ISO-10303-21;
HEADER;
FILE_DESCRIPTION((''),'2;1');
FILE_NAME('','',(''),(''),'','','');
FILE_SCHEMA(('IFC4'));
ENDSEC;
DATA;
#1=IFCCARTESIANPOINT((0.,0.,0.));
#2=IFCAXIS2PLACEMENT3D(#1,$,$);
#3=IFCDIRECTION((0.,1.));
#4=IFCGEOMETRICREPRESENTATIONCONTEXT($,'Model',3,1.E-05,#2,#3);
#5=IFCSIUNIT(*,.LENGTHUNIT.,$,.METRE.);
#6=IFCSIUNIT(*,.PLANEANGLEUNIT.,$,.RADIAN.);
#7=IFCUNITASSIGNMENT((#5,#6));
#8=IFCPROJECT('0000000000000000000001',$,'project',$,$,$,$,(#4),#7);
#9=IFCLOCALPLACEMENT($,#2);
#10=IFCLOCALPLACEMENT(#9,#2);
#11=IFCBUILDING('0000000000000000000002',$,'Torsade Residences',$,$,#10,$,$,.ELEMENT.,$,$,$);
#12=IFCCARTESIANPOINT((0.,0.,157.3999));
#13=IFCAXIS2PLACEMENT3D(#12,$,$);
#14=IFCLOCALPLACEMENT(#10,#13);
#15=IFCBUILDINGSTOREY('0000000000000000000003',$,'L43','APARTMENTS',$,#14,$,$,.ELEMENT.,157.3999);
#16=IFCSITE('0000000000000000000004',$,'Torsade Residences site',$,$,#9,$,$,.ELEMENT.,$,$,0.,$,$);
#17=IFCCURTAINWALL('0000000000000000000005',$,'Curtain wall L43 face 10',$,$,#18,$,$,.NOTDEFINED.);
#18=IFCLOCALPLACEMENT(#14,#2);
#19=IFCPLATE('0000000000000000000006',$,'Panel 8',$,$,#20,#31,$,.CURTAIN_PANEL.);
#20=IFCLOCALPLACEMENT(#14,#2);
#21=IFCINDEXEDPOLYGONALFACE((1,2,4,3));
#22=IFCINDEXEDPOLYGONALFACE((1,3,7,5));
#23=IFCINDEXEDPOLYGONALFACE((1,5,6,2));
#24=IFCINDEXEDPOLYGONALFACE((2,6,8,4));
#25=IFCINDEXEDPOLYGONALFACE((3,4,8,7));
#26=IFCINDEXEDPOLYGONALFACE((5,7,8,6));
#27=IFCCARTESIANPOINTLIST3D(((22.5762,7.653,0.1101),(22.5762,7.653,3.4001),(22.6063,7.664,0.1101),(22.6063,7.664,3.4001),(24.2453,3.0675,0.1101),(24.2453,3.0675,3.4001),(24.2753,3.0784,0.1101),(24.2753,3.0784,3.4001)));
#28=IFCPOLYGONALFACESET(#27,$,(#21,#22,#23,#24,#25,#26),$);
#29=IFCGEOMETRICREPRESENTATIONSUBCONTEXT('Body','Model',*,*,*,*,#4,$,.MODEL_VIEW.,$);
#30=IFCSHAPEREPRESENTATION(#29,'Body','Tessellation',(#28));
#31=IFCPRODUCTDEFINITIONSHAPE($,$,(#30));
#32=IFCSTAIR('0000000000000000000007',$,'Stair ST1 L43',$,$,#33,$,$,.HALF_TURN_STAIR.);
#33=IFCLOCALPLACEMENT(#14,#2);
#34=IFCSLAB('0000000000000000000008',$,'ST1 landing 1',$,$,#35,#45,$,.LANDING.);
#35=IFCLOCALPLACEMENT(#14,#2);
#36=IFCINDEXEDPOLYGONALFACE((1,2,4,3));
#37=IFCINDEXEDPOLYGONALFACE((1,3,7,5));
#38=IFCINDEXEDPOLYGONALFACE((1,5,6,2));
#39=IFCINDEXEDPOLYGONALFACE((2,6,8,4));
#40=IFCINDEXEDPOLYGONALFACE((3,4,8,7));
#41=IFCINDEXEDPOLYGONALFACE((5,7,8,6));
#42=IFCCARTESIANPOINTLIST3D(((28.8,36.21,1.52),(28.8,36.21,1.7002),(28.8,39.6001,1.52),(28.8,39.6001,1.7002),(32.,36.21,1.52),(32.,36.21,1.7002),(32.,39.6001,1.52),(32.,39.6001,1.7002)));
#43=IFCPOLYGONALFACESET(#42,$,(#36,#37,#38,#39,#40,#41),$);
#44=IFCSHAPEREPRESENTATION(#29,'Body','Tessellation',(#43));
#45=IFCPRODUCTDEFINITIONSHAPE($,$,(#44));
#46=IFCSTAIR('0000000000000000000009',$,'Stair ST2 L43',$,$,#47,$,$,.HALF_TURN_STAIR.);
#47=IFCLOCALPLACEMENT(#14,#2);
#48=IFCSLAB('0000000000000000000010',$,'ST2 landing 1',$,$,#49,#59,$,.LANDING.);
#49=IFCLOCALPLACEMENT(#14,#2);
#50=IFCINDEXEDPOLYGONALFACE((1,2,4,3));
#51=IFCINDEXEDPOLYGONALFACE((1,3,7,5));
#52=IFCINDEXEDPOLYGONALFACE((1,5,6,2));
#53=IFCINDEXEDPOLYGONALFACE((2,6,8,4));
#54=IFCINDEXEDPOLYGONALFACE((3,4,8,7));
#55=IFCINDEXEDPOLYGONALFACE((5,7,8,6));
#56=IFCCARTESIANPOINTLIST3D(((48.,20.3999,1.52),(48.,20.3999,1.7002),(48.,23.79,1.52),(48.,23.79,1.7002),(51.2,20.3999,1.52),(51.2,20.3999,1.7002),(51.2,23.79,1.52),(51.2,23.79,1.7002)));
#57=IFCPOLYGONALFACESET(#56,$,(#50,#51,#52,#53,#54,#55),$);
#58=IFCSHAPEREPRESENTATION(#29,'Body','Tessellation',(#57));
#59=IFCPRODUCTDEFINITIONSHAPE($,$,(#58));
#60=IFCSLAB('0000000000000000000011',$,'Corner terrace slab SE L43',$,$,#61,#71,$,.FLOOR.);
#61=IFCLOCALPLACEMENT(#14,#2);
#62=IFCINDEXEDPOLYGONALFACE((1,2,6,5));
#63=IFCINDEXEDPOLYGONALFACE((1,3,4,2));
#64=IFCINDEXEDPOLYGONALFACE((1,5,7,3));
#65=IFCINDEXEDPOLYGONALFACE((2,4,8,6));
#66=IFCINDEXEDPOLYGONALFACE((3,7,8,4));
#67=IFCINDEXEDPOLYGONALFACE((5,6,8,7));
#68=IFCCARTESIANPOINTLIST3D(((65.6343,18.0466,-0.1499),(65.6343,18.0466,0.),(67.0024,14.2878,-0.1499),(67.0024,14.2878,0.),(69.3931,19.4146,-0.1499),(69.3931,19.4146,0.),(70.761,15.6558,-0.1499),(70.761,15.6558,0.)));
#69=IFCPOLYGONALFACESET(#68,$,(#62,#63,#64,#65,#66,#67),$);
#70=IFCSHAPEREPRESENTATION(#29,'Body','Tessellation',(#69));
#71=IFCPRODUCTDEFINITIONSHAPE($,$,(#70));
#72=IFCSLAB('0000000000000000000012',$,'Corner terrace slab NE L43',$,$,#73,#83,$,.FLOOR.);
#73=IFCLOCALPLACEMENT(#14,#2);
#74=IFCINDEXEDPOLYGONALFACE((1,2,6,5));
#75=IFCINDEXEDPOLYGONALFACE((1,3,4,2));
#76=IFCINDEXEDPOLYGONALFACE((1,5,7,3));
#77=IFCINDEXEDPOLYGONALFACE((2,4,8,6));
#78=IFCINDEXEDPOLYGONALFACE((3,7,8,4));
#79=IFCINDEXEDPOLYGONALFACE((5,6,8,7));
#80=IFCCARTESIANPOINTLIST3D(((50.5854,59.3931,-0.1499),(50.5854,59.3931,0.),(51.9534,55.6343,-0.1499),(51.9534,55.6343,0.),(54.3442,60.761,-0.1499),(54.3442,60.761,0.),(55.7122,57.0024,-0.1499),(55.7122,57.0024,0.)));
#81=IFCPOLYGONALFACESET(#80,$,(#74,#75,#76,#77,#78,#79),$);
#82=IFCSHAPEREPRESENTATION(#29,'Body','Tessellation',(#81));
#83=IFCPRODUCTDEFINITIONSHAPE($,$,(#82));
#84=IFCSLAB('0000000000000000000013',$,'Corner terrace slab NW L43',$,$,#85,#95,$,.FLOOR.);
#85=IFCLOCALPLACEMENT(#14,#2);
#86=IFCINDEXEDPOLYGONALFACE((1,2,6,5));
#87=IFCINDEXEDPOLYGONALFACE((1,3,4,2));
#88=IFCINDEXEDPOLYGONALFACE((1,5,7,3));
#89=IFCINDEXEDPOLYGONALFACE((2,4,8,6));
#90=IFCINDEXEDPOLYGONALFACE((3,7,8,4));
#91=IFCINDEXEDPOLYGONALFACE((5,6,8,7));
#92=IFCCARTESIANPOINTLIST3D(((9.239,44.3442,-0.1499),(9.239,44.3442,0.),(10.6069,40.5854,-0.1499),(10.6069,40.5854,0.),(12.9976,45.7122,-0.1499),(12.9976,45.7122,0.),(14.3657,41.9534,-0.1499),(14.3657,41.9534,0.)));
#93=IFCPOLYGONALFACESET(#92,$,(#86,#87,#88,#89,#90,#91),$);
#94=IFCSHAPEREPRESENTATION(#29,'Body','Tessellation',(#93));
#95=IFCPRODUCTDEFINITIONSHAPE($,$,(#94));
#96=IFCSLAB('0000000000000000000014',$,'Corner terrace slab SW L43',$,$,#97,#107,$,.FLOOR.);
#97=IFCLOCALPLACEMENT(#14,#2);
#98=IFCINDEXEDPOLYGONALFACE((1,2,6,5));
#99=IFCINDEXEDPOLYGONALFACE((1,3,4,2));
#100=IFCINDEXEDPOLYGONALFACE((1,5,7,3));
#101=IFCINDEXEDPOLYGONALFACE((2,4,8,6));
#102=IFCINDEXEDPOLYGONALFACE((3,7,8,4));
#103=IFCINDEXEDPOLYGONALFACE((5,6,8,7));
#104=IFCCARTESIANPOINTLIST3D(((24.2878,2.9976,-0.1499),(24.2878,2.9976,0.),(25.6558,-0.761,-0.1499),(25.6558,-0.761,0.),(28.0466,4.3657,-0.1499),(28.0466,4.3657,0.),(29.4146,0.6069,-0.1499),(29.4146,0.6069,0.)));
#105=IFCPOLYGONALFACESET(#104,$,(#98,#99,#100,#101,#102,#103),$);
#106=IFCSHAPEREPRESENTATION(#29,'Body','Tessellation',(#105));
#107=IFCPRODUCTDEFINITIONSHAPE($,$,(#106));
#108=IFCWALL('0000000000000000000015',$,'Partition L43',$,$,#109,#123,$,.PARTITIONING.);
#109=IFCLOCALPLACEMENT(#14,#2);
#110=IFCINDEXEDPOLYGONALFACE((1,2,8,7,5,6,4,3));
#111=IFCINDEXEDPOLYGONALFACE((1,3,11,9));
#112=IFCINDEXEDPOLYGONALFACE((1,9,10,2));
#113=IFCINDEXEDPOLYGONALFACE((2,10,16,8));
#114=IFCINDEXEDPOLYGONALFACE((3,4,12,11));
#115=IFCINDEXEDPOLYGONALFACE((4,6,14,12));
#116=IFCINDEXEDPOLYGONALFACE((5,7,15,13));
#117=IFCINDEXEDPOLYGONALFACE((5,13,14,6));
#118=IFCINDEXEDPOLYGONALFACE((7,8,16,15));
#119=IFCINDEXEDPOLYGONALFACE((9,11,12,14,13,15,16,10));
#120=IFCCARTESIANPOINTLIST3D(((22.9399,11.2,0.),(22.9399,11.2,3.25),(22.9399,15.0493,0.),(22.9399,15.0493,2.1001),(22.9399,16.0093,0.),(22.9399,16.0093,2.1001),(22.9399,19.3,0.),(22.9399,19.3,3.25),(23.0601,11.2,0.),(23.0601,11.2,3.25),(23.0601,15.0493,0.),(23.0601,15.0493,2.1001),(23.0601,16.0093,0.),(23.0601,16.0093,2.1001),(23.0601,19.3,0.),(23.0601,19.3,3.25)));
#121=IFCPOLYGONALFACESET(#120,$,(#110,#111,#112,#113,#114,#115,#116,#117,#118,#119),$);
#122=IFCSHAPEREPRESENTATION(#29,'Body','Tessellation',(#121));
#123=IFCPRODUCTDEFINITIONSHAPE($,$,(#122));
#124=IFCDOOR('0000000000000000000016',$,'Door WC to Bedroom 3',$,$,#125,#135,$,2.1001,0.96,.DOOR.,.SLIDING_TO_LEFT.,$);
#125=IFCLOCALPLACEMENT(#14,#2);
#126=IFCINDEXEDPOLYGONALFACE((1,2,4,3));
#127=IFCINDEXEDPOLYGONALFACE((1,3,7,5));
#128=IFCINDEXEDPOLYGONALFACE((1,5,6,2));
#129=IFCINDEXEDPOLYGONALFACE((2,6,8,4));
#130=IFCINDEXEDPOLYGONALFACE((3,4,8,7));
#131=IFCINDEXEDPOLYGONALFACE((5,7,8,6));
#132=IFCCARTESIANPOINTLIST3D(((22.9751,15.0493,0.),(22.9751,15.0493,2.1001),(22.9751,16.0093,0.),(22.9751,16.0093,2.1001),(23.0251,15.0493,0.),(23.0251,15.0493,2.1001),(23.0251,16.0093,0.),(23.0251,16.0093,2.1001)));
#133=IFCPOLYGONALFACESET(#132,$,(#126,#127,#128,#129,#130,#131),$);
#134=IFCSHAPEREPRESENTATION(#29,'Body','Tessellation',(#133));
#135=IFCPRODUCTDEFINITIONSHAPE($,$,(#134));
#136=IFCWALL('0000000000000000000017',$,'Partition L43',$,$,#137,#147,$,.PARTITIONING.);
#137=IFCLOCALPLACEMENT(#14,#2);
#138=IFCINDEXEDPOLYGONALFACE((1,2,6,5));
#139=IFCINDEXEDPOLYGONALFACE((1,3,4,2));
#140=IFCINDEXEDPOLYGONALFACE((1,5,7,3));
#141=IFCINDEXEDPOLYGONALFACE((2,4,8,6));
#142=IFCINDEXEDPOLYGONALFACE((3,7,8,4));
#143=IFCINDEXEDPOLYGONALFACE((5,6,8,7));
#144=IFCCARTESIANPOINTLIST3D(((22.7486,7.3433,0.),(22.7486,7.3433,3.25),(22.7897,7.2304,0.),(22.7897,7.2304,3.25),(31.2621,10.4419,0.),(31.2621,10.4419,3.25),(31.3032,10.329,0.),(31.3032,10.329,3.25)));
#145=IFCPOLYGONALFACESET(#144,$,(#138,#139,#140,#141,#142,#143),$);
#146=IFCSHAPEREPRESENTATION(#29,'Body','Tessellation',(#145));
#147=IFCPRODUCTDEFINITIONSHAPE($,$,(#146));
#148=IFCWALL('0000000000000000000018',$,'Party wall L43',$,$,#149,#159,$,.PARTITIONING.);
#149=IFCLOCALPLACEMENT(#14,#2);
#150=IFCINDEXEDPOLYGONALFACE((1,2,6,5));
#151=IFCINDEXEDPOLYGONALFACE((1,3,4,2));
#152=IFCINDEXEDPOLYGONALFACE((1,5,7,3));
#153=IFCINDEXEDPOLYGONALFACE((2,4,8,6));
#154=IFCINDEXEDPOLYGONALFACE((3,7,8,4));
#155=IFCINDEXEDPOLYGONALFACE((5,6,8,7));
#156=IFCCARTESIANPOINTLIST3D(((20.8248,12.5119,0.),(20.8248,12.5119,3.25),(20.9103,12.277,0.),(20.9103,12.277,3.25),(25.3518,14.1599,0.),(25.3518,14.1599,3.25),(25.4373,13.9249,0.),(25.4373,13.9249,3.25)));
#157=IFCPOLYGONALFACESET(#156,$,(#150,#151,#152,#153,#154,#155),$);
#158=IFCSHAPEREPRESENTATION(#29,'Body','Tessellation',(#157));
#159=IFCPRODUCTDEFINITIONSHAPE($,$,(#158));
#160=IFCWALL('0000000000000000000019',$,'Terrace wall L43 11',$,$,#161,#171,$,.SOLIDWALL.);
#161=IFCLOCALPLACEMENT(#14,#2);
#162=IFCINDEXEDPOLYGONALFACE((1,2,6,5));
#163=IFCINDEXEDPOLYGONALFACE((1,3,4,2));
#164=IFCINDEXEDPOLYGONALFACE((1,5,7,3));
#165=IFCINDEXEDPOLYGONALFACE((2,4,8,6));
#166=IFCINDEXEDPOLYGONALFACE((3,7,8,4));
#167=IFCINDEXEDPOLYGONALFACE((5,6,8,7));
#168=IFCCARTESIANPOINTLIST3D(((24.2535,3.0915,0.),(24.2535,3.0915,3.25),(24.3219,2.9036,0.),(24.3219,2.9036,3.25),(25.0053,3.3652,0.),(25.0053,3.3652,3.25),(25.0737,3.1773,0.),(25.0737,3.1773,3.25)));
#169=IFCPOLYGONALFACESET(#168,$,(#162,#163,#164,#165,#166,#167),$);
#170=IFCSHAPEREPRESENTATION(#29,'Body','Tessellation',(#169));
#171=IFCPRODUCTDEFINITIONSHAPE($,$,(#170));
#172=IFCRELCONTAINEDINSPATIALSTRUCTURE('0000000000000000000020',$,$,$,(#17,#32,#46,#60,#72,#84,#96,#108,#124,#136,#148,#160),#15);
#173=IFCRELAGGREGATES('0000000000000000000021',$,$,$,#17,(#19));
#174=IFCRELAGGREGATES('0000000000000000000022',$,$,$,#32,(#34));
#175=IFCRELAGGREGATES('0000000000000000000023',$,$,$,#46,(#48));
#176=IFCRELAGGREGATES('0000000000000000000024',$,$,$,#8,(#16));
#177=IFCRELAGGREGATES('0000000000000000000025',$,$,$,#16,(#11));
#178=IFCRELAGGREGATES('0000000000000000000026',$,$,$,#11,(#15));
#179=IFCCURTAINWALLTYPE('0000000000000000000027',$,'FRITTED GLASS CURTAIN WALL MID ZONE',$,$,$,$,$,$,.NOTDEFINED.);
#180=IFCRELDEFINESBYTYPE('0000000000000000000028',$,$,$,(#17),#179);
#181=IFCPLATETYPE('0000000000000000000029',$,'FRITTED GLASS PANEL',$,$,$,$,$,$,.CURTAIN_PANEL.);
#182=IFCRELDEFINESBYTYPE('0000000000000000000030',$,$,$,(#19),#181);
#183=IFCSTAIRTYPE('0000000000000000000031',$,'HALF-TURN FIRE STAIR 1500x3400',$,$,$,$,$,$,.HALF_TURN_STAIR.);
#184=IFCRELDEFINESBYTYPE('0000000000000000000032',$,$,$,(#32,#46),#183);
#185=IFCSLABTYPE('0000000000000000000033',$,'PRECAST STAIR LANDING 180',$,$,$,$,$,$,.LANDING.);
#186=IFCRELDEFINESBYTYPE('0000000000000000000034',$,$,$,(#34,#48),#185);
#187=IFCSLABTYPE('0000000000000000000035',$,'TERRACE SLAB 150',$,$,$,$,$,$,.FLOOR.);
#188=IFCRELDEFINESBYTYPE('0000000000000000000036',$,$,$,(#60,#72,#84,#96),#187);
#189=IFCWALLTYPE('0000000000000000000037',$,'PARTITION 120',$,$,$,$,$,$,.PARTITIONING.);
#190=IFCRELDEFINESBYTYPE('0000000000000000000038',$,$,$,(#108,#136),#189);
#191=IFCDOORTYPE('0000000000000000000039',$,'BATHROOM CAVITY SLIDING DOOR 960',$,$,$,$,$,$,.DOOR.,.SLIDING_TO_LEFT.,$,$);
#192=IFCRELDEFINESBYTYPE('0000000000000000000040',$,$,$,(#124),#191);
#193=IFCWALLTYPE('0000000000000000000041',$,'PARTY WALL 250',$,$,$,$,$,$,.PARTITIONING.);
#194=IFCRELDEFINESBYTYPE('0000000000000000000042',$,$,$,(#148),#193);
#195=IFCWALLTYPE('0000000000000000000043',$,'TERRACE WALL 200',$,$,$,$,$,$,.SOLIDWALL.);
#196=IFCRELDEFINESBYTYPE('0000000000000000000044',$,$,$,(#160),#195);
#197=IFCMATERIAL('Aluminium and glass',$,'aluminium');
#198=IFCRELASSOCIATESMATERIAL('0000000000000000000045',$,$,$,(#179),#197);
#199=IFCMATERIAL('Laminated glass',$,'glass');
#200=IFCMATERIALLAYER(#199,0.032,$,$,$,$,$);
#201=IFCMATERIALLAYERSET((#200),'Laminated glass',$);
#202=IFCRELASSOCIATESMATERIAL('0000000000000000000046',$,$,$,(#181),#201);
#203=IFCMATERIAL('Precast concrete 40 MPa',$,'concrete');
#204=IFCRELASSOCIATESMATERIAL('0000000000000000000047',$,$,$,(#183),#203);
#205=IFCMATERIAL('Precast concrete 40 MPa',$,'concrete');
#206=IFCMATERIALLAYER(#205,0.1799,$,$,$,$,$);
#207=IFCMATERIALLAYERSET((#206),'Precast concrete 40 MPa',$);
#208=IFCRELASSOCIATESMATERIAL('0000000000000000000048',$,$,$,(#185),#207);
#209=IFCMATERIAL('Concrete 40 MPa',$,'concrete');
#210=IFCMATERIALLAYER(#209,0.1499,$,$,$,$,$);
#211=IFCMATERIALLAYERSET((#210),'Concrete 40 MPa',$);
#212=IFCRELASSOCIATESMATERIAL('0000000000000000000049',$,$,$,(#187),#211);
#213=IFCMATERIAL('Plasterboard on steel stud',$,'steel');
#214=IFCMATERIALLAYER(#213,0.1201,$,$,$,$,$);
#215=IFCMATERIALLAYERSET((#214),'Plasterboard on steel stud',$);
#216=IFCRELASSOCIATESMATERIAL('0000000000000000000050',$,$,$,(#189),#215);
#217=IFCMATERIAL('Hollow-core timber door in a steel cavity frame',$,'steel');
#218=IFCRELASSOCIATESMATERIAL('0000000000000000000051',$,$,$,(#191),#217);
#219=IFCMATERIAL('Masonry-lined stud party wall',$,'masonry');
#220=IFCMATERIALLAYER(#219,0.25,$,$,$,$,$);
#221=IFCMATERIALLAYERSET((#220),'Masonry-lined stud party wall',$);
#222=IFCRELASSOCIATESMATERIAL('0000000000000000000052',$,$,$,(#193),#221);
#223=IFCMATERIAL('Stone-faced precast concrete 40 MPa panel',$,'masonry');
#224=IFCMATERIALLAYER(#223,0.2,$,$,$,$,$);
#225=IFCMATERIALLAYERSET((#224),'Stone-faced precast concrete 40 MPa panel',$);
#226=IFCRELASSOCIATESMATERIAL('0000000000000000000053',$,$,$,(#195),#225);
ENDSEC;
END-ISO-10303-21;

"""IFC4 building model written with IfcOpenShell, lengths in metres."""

from ifc_helpers import new_model, si_unit, direction, frame, frame_2d, origin, origin_2d, place, context, subcontext, project, spatial, polyline, rectangle, outline, extrude, material, layer, layer_set, type_object, element, fill, aggregate, save


model = new_model("IFC4")

# Units and contexts
model_context = context("Model", 3, precision=1e-05, world=origin(), true_north=direction((0.0, 1.0)))
body_context = subcontext(model_context, "Body", "Model", "MODEL_VIEW")
ifc_project = project(units=[si_unit("LENGTHUNIT", "METRE"), si_unit("PLANEANGLEUNIT", "RADIAN")], contexts=[model_context])

# Site, building, storey
site_placement = place(None, origin())
site = spatial("IfcSite", under=ifc_project, at=site_placement, Name="Torsade Residences site", CompositionType="ELEMENT", RefElevation=0.0)
building_placement = place(site_placement, origin())
building = spatial("IfcBuilding", under=site, at=building_placement, Name="Torsade Residences", CompositionType="ELEMENT")
storey_placement = place(building_placement, frame((0.0, 0.0, 157.3999)))
storey = spatial("IfcBuildingStorey", under=building, at=storey_placement, Name="L43", Description="APARTMENTS", CompositionType="ELEMENT", Elevation=157.3999)

# Curtain wall
ifc_material_1 = material(Name="Aluminium and glass", Category="aluminium")
curtain_wall_type = type_object("IfcCurtainWallType", Name="FRITTED GLASS CURTAIN WALL MID ZONE", PredefinedType="NOTDEFINED", material=ifc_material_1)
curtain_wall_placement = place(storey_placement, origin())
curtain_wall = element("IfcCurtainWall", 1, at=curtain_wall_placement, inside=storey, type_object=curtain_wall_type, Name="Curtain wall L43 face 10", PredefinedType="NOTDEFINED")

# Plate
ifc_material_2 = material(Name="Laminated glass", Category="glass")
ifc_layer_1 = layer(ifc_material_2, 0.032)
ifc_layer_set_1 = layer_set([ifc_layer_1], Name="Laminated glass")
plate_type = type_object("IfcPlateType", Name="FRITTED GLASS PANEL", PredefinedType="CURTAIN_PANEL", material=ifc_layer_set_1)
plate_1_placement = place(storey_placement, frame((23.4258, 5.3657, 0.1101), z_axis=(0.0, 0.0, 1.0), x_axis=(0.34202, -0.939693, 0.0)))
plate_1 = element("IfcPlate", 2, at=plate_1_placement, type_object=plate_type, Name="Panel 8", PredefinedType="CURTAIN_PANEL", context=body_context, shape_type="SweptSolid", body=[
    extrude(rectangle(XDim=4.8799, YDim=0.032, at=origin_2d()), origin(), (0.0, 0.0, 1.0), 3.29),
])
aggregate(curtain_wall, [plate_1])

# Stairs, slabs
ifc_material_3 = material(Name="Precast concrete 40 MPa", Category="concrete")
stair_type = type_object("IfcStairType", Name="HALF-TURN FIRE STAIR 1500x3400", PredefinedType="HALF_TURN_STAIR", material=ifc_material_3)
stair_1_placement = place(storey_placement, origin())
stair_1 = element("IfcStair", 3, at=stair_1_placement, inside=storey, type_object=stair_type, Name="Stair ST1 L43", PredefinedType="HALF_TURN_STAIR")
ifc_material_4 = material(Name="Precast concrete 40 MPa", Category="concrete")
ifc_layer_2 = layer(ifc_material_4, 0.1799)
ifc_layer_set_2 = layer_set([ifc_layer_2], Name="Precast concrete 40 MPa")
slab_type_1 = type_object("IfcSlabType", Name="PRECAST STAIR LANDING 180", PredefinedType="LANDING", material=ifc_layer_set_2)
slab_1_placement = place(storey_placement, frame((0.0, 0.0, 1.52)))
slab_1 = element("IfcSlab", 4, at=slab_1_placement, type_object=slab_type_1, Name="ST1 landing 1", PredefinedType="LANDING", context=body_context, shape_type="SweptSolid", body=[
    extrude(outline(polyline([(28.8, 36.21), (32.0, 36.21), (32.0, 39.6001), (28.8, 39.6001), (28.8, 36.21)])), origin(), (0.0, 0.0, 1.0), 0.1802),
])
aggregate(stair_1, [slab_1])
stair_2_placement = place(storey_placement, origin())
stair_2 = element("IfcStair", 5, at=stair_2_placement, inside=storey, type_object=stair_type, Name="Stair ST2 L43", PredefinedType="HALF_TURN_STAIR")
slab_2_placement = place(storey_placement, frame((0.0, 0.0, 1.52)))
slab_2 = element("IfcSlab", 6, at=slab_2_placement, type_object=slab_type_1, Name="ST2 landing 1", PredefinedType="LANDING", context=body_context, shape_type="SweptSolid", body=[
    extrude(outline(polyline([(48.0, 20.3999), (51.2, 20.3999), (51.2, 23.79), (48.0, 23.79), (48.0, 20.3999)])), origin(), (0.0, 0.0, 1.0), 0.1802),
])
aggregate(stair_2, [slab_2])

# Slabs
ifc_material_5 = material(Name="Concrete 40 MPa", Category="concrete")
ifc_layer_3 = layer(ifc_material_5, 0.1499)
ifc_layer_set_3 = layer_set([ifc_layer_3], Name="Concrete 40 MPa")
slab_type_2 = type_object("IfcSlabType", Name="TERRACE SLAB 150", PredefinedType="FLOOR", material=ifc_layer_set_3)
slab_3_placement = place(storey_placement, frame((0.0, 0.0, -0.1499)))
element("IfcSlab", 7, at=slab_3_placement, inside=storey, type_object=slab_type_2, Name="Corner terrace slab SE L43", PredefinedType="FLOOR", context=body_context, shape_type="SweptSolid", body=[
    extrude(outline(polyline([(67.0024, 14.2878), (70.761, 15.6558), (69.3931, 19.4146), (65.6343, 18.0466), (67.0024, 14.2878)])), origin(), (0.0, 0.0, 1.0), 0.1499),
])
slab_4_placement = place(storey_placement, frame((0.0, 0.0, -0.1499)))
element("IfcSlab", 8, at=slab_4_placement, inside=storey, type_object=slab_type_2, Name="Corner terrace slab NE L43", PredefinedType="FLOOR", context=body_context, shape_type="SweptSolid", body=[
    extrude(outline(polyline([(51.9534, 55.6343), (55.7122, 57.0024), (54.3442, 60.761), (50.5854, 59.3931), (51.9534, 55.6343)])), origin(), (0.0, 0.0, 1.0), 0.1499),
])
slab_5_placement = place(storey_placement, frame((0.0, 0.0, -0.1499)))
element("IfcSlab", 9, at=slab_5_placement, inside=storey, type_object=slab_type_2, Name="Corner terrace slab NW L43", PredefinedType="FLOOR", context=body_context, shape_type="SweptSolid", body=[
    extrude(outline(polyline([(10.6069, 40.5854), (14.3657, 41.9534), (12.9976, 45.7122), (9.239, 44.3442), (10.6069, 40.5854)])), origin(), (0.0, 0.0, 1.0), 0.1499),
])
slab_6_placement = place(storey_placement, frame((0.0, 0.0, -0.1499)))
element("IfcSlab", 10, at=slab_6_placement, inside=storey, type_object=slab_type_2, Name="Corner terrace slab SW L43", PredefinedType="FLOOR", context=body_context, shape_type="SweptSolid", body=[
    extrude(outline(polyline([(25.6558, -0.761), (29.4146, 0.6069), (28.0466, 4.3657), (24.2878, 2.9976), (25.6558, -0.761)])), origin(), (0.0, 0.0, 1.0), 0.1499),
])

# Wall, opening, door
ifc_material_6 = material(Name="Plasterboard on steel stud", Category="steel")
ifc_layer_4 = layer(ifc_material_6, 0.1201)
ifc_layer_set_4 = layer_set([ifc_layer_4], Name="Plasterboard on steel stud")
wall_type_1 = type_object("IfcWallType", Name="PARTITION 120", PredefinedType="PARTITIONING", material=ifc_layer_set_4)
wall_1_placement = place(storey_placement, frame((23.0, 11.2, 0.0), z_axis=(0.0, 0.0, 1.0), x_axis=(0.0, 1.0, 0.0)))
wall_1 = element("IfcWall", 11, at=wall_1_placement, inside=storey, type_object=wall_type_1, Name="Partition L43", PredefinedType="PARTITIONING", context=body_context, shape_type="SweptSolid", body=[
    extrude(rectangle(XDim=8.1001, YDim=0.1201, at=frame_2d((4.05, 0.0))), origin(), (0.0, 0.0, 1.0), 3.25),
])
opening_placement = place(wall_1_placement, frame((3.8494, 0.0, 0.0)))
opening = element("IfcOpeningElement", 12, at=opening_placement, cuts=wall_1, PredefinedType="OPENING", context=body_context, shape_type="SweptSolid", body=[
    extrude(rectangle(XDim=0.96, YDim=2.1001, at=frame_2d((0.48, 1.05))), frame((0.0, 0.0701, 0.0), z_axis=(0.0, -1.0, 0.0), x_axis=(1.0, 0.0, 0.0)), (0.0, 0.0, 1.0), 0.1401),
])
ifc_material_7 = material(Name="Hollow-core timber door in a steel cavity frame", Category="steel")
door_type = type_object("IfcDoorType", Name="BATHROOM CAVITY SLIDING DOOR 960", OperationType="SLIDING_TO_LEFT", PredefinedType="DOOR", material=ifc_material_7)
door_placement = place(opening_placement, origin())
door = element("IfcDoor", 13, at=door_placement, inside=storey, type_object=door_type, Name="Door WC to Bedroom 3", OperationType="SLIDING_TO_LEFT", OverallHeight=2.1001, OverallWidth=0.96, PredefinedType="DOOR", context=body_context, shape_type="SweptSolid", body=[
    extrude(rectangle(XDim=0.96, YDim=2.1001, at=frame_2d((0.48, 1.05))), frame((0.0, 0.0249, 0.0), z_axis=(0.0, -1.0, 0.0), x_axis=(1.0, 0.0, 0.0)), (0.0, 0.0, 1.0), 0.05),
])
fill(opening, door)

# Walls
wall_2_placement = place(storey_placement, frame((22.7693, 7.2869, 0.0), z_axis=(0.0, 0.0, 1.0), x_axis=(0.939693, 0.34202, 0.0)))
element("IfcWall", 14, at=wall_2_placement, inside=storey, type_object=wall_type_1, Name="Partition L43", PredefinedType="PARTITIONING", context=body_context, shape_type="SweptSolid", body=[
    extrude(rectangle(XDim=9.0598, YDim=0.1201, at=frame_2d((4.5298, 0.0))), origin(), (0.0, 0.0, 1.0), 3.25),
])
ifc_material_8 = material(Name="Masonry-lined stud party wall", Category="masonry")
ifc_layer_5 = layer(ifc_material_8, 0.25)
ifc_layer_set_5 = layer_set([ifc_layer_5], Name="Masonry-lined stud party wall")
wall_type_2 = type_object("IfcWallType", Name="PARTY WALL 250", PredefinedType="PARTITIONING", material=ifc_layer_set_5)
wall_3_placement = place(storey_placement, frame((20.8677, 12.3945, 0.0), z_axis=(0.0, 0.0, 1.0), x_axis=(0.939678, 0.34206, 0.0)))
element("IfcWall", 15, at=wall_3_placement, inside=storey, type_object=wall_type_2, Name="Party wall L43", PredefinedType="PARTITIONING", context=body_context, shape_type="SweptSolid", body=[
    extrude(rectangle(XDim=4.8176, YDim=0.25, at=frame_2d((2.4087, 0.0))), origin(), (0.0, 0.0, 1.0), 3.25),
])
ifc_material_9 = material(Name="Stone-faced precast concrete 40 MPa panel", Category="masonry")
ifc_layer_6 = layer(ifc_material_9, 0.2)
ifc_layer_set_6 = layer_set([ifc_layer_6], Name="Stone-faced precast concrete 40 MPa panel")
wall_type_3 = type_object("IfcWallType", Name="TERRACE WALL 200", PredefinedType="SOLIDWALL", material=ifc_layer_set_6)
wall_4_placement = place(storey_placement, frame((24.2878, 2.9976, 0.0), z_axis=(0.0, 0.0, 1.0), x_axis=(0.93966, 0.342111, 0.0)))
element("IfcWall", 16, at=wall_4_placement, inside=storey, type_object=wall_type_3, Name="Terrace wall L43 11", PredefinedType="SOLIDWALL", context=body_context, shape_type="SweptSolid", body=[
    extrude(rectangle(XDim=0.8, YDim=0.2, at=frame_2d((0.3999, 0.0))), origin(), (0.0, 0.0, 1.0), 3.25),
])

save(model, "model.ifc")
